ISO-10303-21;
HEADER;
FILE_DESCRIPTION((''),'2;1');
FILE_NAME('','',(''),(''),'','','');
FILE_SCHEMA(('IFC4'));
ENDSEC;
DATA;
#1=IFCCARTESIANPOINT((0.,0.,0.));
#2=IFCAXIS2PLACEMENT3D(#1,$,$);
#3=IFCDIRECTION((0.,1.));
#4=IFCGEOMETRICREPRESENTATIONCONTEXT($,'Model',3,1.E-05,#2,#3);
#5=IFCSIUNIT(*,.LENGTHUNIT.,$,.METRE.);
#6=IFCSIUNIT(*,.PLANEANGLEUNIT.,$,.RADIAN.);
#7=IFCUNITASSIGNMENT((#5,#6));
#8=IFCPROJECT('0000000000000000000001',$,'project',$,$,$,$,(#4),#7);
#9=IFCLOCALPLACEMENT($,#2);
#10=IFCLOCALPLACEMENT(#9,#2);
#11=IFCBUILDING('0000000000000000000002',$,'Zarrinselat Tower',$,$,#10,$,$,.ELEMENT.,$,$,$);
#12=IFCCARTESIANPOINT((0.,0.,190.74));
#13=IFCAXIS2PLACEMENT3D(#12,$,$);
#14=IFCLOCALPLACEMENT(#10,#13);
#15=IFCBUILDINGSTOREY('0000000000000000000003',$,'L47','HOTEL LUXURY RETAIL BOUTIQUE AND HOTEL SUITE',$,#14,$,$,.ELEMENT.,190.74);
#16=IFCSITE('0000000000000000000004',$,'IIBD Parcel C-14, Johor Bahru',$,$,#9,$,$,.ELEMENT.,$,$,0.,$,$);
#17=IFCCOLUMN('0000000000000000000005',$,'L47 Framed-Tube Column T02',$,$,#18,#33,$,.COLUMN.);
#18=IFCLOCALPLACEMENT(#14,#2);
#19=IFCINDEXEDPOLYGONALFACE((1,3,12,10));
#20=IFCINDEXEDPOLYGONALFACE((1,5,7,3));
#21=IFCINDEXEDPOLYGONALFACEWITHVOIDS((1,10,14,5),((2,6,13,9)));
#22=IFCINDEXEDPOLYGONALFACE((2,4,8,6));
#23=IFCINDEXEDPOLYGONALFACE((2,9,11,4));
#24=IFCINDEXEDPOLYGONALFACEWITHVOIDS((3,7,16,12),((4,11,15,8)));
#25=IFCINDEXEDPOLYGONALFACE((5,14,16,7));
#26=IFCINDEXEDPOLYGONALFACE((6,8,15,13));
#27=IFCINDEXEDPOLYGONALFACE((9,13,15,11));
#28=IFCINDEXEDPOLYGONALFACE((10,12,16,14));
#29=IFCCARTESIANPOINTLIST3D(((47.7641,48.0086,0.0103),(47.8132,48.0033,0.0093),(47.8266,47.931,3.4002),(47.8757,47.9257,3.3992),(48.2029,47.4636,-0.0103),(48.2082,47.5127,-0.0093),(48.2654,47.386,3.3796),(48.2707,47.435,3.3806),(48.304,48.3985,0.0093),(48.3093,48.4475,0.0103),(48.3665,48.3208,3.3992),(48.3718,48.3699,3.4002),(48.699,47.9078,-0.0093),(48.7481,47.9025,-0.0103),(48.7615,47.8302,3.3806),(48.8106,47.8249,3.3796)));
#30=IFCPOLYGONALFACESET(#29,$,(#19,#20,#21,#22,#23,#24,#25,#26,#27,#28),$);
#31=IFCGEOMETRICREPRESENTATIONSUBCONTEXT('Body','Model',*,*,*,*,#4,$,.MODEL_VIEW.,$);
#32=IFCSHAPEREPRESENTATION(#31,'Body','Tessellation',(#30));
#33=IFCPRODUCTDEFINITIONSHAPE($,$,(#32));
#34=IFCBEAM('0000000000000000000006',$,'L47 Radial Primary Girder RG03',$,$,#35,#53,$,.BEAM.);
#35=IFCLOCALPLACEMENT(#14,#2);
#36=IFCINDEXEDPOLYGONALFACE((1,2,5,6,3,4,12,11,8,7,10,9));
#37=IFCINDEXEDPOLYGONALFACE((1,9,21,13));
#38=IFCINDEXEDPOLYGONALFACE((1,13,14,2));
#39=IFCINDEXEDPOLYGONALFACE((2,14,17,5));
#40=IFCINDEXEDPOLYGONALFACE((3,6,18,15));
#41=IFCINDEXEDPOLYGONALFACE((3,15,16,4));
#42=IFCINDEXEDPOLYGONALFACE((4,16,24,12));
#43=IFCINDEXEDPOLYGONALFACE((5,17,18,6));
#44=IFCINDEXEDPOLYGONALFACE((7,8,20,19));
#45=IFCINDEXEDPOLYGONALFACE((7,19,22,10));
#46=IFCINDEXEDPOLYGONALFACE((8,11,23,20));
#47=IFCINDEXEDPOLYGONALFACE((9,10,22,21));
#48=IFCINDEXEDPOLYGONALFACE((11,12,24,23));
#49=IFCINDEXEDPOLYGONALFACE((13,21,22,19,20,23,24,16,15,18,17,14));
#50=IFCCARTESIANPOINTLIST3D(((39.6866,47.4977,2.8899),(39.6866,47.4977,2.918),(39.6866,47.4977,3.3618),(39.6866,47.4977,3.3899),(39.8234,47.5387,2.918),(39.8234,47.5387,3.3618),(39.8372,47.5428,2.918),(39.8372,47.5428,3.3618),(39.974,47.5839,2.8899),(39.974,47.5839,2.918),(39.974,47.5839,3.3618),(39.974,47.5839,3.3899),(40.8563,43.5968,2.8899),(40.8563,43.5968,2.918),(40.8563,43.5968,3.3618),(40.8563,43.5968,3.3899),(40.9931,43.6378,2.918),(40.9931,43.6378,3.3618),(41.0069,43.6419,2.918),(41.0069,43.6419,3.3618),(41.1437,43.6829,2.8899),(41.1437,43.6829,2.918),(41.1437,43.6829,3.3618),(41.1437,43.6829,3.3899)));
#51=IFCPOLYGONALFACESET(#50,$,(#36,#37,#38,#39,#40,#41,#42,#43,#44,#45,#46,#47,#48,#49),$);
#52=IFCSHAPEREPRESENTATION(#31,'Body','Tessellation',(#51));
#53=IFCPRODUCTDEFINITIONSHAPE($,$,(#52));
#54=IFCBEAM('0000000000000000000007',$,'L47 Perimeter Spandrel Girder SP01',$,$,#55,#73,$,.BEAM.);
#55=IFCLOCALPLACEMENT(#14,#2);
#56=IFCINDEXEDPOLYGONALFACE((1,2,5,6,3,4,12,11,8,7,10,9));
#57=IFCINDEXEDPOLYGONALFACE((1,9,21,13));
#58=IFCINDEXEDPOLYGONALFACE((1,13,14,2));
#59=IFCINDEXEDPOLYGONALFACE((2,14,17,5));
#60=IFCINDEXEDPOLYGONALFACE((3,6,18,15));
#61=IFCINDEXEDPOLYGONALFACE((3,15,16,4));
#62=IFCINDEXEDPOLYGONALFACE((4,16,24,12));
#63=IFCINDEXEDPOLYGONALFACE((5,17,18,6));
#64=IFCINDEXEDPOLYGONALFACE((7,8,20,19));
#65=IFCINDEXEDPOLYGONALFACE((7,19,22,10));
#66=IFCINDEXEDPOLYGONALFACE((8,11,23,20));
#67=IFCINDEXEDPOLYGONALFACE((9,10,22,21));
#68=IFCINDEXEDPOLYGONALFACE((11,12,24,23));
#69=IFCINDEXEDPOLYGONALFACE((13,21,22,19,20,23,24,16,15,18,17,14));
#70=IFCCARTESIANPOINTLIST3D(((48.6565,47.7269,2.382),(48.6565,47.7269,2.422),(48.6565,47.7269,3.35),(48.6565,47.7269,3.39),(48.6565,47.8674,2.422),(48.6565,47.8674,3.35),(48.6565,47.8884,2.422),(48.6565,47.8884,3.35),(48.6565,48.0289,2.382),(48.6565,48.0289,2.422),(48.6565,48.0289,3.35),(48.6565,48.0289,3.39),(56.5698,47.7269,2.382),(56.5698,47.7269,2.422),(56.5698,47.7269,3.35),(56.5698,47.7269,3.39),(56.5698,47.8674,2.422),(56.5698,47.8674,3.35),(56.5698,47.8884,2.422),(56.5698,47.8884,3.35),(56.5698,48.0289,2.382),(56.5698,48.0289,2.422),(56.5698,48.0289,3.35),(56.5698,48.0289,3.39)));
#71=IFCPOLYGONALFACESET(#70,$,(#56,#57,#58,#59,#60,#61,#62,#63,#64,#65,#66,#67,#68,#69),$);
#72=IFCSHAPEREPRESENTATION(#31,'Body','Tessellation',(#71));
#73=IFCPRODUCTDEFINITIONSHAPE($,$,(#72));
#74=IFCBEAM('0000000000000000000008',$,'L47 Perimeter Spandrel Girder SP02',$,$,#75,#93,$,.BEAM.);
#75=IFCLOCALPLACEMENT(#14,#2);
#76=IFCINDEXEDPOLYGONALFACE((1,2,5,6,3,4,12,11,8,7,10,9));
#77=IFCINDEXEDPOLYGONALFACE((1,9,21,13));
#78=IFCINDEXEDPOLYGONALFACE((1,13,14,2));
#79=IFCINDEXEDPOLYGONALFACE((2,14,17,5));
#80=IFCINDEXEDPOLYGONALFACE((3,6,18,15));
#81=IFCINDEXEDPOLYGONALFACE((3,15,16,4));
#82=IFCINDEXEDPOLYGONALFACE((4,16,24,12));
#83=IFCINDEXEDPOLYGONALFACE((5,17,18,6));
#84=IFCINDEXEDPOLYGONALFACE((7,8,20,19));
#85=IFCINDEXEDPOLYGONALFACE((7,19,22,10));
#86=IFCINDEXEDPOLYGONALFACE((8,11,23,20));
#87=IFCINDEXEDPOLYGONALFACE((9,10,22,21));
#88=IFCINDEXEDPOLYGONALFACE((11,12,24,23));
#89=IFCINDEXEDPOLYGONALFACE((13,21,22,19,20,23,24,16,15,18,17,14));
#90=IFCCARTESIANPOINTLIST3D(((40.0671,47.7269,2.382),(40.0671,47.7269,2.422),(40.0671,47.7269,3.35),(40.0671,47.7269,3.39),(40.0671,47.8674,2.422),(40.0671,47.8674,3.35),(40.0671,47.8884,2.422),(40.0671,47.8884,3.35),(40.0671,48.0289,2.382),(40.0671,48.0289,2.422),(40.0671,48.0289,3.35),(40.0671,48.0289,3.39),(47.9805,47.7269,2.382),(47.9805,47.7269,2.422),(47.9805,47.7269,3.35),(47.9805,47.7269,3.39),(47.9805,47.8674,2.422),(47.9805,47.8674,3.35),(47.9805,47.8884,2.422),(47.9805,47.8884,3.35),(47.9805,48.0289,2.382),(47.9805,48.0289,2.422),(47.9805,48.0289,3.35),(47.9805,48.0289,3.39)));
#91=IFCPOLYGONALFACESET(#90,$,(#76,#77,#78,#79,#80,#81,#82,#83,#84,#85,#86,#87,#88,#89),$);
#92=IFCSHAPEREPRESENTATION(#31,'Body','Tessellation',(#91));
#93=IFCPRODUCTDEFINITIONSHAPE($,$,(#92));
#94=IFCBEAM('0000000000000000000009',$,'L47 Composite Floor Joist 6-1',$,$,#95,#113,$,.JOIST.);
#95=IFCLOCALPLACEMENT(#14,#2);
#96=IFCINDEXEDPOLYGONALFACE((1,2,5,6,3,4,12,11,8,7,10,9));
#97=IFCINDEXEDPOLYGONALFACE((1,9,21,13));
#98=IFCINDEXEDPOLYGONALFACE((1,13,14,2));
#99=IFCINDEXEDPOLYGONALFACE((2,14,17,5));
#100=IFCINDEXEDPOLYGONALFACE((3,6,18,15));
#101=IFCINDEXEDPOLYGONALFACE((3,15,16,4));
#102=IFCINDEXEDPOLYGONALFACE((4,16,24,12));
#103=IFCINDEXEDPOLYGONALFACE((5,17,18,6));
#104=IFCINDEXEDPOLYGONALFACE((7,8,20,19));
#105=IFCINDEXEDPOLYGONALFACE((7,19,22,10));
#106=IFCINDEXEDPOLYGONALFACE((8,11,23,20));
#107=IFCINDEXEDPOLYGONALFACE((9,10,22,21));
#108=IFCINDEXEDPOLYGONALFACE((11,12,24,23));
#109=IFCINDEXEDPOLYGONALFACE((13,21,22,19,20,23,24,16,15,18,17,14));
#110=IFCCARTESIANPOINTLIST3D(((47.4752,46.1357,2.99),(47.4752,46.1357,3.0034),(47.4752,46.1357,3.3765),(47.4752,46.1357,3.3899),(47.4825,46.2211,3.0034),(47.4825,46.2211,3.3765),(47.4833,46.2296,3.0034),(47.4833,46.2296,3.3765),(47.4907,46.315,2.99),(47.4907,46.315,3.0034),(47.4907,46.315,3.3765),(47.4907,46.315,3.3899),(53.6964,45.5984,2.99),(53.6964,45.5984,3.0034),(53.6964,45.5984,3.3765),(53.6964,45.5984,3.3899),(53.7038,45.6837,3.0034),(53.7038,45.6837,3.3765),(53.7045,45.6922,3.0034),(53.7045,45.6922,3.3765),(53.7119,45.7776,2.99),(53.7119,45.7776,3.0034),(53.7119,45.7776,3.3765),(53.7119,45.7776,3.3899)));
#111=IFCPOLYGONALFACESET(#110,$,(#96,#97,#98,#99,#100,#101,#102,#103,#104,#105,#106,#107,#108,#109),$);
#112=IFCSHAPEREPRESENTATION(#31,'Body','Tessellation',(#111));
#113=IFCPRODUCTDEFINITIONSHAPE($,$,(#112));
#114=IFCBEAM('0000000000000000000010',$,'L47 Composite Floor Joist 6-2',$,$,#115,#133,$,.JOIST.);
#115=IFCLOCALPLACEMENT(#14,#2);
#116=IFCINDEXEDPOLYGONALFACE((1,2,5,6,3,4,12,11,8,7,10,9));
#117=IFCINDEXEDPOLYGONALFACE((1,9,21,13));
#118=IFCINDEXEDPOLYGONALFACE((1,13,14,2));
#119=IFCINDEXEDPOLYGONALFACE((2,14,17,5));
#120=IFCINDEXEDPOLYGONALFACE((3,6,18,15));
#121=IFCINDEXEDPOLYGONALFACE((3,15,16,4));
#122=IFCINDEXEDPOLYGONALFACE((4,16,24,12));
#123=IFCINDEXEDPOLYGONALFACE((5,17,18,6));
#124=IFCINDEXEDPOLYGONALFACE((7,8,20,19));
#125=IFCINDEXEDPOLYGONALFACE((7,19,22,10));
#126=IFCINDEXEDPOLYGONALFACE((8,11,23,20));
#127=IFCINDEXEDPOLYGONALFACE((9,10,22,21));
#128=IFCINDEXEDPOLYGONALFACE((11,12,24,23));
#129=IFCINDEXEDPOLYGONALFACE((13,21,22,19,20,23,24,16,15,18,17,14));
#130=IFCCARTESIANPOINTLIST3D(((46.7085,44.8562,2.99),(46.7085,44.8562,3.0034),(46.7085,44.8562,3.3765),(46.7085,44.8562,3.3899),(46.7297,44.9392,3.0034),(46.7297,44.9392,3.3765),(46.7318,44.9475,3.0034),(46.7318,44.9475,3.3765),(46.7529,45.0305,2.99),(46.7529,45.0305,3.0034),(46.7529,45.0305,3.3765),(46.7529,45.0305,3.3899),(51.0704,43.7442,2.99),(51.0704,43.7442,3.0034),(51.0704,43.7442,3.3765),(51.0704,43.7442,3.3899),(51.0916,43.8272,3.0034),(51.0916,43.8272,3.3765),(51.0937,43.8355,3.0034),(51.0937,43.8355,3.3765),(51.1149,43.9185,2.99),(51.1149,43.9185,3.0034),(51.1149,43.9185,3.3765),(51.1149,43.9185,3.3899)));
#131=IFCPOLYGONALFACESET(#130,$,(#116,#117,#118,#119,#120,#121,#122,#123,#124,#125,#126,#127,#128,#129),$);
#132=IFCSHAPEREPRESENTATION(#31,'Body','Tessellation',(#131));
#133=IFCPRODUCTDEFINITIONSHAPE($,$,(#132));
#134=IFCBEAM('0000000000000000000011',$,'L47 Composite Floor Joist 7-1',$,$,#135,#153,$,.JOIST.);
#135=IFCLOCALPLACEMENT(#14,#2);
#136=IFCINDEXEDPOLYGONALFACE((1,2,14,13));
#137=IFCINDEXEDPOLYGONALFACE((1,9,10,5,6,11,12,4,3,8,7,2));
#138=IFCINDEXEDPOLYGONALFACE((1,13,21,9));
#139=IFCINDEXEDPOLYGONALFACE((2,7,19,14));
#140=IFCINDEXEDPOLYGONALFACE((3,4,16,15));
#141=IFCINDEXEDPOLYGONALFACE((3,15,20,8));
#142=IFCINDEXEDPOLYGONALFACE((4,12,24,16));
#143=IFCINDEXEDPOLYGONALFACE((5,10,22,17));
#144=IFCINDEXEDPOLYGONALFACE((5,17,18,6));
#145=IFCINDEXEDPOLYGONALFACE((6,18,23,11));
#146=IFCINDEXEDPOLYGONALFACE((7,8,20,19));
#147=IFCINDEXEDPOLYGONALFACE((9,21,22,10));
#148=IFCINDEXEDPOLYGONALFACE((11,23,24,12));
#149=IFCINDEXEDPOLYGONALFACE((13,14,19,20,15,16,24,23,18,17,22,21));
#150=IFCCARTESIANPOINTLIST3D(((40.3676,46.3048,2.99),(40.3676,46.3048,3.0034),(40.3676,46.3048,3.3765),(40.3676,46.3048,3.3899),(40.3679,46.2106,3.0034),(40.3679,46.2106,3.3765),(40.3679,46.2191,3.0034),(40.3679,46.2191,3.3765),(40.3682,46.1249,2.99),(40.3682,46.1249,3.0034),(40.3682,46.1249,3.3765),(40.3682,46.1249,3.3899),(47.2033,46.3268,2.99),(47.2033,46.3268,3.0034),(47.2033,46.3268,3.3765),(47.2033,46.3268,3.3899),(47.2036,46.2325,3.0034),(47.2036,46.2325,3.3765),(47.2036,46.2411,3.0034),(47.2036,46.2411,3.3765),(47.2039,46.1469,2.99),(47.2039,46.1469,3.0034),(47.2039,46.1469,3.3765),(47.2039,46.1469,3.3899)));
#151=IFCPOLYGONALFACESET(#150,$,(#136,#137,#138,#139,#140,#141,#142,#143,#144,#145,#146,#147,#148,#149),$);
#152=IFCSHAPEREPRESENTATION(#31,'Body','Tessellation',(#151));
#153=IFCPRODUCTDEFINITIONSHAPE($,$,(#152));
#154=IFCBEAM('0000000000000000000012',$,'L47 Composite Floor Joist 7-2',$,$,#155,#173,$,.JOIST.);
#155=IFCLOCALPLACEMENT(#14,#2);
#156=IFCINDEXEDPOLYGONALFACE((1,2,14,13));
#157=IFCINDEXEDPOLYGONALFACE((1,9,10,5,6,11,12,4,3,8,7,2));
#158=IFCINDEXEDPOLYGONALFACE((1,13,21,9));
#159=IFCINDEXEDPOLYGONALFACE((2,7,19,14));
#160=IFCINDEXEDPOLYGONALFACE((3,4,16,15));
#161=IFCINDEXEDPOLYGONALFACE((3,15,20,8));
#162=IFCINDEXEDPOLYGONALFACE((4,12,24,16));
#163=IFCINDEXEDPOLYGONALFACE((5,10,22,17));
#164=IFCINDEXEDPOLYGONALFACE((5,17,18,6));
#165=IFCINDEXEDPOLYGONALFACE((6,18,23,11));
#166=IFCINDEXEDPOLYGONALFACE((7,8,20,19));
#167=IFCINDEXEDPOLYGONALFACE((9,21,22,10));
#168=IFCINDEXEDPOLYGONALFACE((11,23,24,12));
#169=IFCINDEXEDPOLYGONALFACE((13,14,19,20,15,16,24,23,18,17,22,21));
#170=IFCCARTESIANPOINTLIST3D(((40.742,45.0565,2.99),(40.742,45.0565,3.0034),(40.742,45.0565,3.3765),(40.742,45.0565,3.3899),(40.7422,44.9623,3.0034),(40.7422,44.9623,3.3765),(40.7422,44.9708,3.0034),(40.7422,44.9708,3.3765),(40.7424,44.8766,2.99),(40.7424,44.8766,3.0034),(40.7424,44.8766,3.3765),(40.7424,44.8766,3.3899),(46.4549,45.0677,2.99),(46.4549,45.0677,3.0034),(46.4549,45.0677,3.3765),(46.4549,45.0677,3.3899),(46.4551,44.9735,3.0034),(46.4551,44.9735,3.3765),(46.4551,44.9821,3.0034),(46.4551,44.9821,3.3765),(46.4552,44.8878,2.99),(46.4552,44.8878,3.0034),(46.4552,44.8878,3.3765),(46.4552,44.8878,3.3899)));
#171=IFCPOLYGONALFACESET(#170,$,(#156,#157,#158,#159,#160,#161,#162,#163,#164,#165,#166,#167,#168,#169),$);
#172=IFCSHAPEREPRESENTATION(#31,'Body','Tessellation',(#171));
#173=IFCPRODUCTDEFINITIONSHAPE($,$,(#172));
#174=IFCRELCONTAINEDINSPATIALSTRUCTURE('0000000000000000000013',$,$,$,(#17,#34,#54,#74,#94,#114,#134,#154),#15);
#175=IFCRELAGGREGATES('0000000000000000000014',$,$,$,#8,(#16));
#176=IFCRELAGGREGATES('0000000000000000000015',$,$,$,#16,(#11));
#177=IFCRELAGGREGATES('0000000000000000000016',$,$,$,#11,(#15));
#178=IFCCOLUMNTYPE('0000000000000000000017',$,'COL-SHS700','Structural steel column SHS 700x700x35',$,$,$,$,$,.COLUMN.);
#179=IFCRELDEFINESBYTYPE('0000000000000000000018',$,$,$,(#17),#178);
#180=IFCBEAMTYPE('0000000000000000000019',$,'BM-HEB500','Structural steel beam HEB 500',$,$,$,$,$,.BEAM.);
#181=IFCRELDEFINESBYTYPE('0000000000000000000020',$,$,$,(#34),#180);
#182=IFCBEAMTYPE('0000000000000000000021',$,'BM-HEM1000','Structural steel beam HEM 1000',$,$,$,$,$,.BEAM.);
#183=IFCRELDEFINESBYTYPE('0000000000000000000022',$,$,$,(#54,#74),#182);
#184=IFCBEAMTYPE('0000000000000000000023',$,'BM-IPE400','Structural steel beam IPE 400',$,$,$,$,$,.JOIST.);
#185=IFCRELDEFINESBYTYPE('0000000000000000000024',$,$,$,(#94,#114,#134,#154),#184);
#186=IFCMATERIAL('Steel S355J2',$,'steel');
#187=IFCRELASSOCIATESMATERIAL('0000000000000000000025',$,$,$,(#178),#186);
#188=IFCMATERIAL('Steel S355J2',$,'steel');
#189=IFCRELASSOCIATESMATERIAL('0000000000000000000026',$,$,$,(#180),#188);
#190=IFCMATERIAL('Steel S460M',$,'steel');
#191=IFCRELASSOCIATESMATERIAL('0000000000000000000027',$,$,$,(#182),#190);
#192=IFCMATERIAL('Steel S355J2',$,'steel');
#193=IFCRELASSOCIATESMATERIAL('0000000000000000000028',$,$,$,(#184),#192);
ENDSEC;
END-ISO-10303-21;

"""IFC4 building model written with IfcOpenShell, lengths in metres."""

from ifc_helpers import new_model, si_unit, direction, frame, origin, origin_2d, place, context, subcontext, project, spatial, hollow_rectangle, i_section, extrude, material, material_profile, profile_set, type_object, element, save


model = new_model("IFC4")

# Units and contexts
model_context = context("Model", 3, precision=1e-05, world=origin(), true_north=direction((0.0, 1.0)))
body_context = subcontext(model_context, "Body", "Model", "MODEL_VIEW")
ifc_project = project(units=[si_unit("LENGTHUNIT", "METRE"), si_unit("PLANEANGLEUNIT", "RADIAN")], contexts=[model_context])

# Site, building, storey
site_placement = place(None, origin())
site = spatial("IfcSite", under=ifc_project, at=site_placement, Name="IIBD Parcel C-14, Johor Bahru", CompositionType="ELEMENT", RefElevation=0.0)
building_placement = place(site_placement, origin())
building = spatial("IfcBuilding", under=site, at=building_placement, Name="Zarrinselat Tower", CompositionType="ELEMENT")
storey_placement = place(building_placement, frame((0.0, 0.0, 190.74)))
storey = spatial("IfcBuildingStorey", under=building, at=storey_placement, Name="L47", Description="HOTEL LUXURY RETAIL BOUTIQUE AND HOTEL SUITE", CompositionType="ELEMENT", Elevation=190.74)

# Column
ifc_material_1 = material(Name="Steel S355J2", Category="steel")
ifc_material_profile_1 = material_profile(ifc_material_1, hollow_rectangle(XDim=0.7, YDim=0.7, WallThickness=0.0349, at=origin_2d()), Name="SHS 700x700x35")
ifc_profile_set_1 = profile_set([ifc_material_profile_1], Name="Steel S355J2")
column_type = type_object("IfcColumnType", Name="COL-SHS700", Description="Structural steel column SHS 700x700x35", PredefinedType="COLUMN", material=ifc_profile_set_1)
column_placement = place(storey_placement, frame((48.2561, 47.9556, 0.0), z_axis=(0.018429, -0.022893, 0.999568), x_axis=(0.778953, 0.627082, 0.0)))
element("IfcColumn", 1, at=column_placement, inside=storey, type_object=column_type, Name="L47 Framed-Tube Column T02", PredefinedType="COLUMN", context=body_context, shape_type="SweptSolid", body=[
    extrude(hollow_rectangle(XDim=0.7, YDim=0.7, WallThickness=0.0349, at=origin_2d()), origin(), (0.0, 0.0, 1.0), 3.3914),
])

# Beams
ifc_material_2 = material(Name="Steel S355J2", Category="steel")
ifc_material_profile_2 = material_profile(ifc_material_2, i_section(OverallWidth=0.3, OverallDepth=0.5, WebThickness=0.0144, FlangeThickness=0.0281, at=origin_2d()), Name="HEB 500")
ifc_profile_set_2 = profile_set([ifc_material_profile_2], Name="Steel S355J2")
beam_type_1 = type_object("IfcBeamType", Name="BM-HEB500", Description="Structural steel beam HEB 500", PredefinedType="BEAM", material=ifc_profile_set_2)
beam_1_placement = place(storey_placement, frame((39.8303, 47.5408, 3.1399), z_axis=(0.287216, -0.957866, 0.0), x_axis=(0.957866, 0.287216, 0.0)))
element("IfcBeam", 2, at=beam_1_placement, inside=storey, type_object=beam_type_1, Name="L47 Radial Primary Girder RG03", PredefinedType="BEAM", context=body_context, shape_type="SweptSolid", body=[
    extrude(i_section(OverallWidth=0.3, OverallDepth=0.5, WebThickness=0.0144, FlangeThickness=0.0281, at=origin_2d()), origin(), (0.0, 0.0, 1.0), 4.0725),
])
ifc_material_3 = material(Name="Steel S460M", Category="steel")
ifc_material_profile_3 = material_profile(ifc_material_3, i_section(OverallWidth=0.302, OverallDepth=1.0081, WebThickness=0.021, FlangeThickness=0.04, at=origin_2d()), Name="HEM 1000")
ifc_profile_set_3 = profile_set([ifc_material_profile_3], Name="Steel S460M")
beam_type_2 = type_object("IfcBeamType", Name="BM-HEM1000", Description="Structural steel beam HEM 1000", PredefinedType="BEAM", material=ifc_profile_set_3)
for number, where, z_axis, x_axis, name in (
    (3, (48.6565, 47.8779, 2.886), (1.0, 0.0, 0.0), (0.0, 1.0, 0.0), "L47 Perimeter Spandrel Girder SP01"),
    (4, (40.0671, 47.8779, 2.886), (1.0, 0.0, 0.0), (0.0, 1.0, 0.0), "L47 Perimeter Spandrel Girder SP02"),
):
    element("IfcBeam", number, at=place(storey_placement, frame(where, z_axis=z_axis, x_axis=x_axis)), inside=storey, type_object=beam_type_2, Name=name, PredefinedType="BEAM", context=body_context, shape_type="SweptSolid", body=[
        extrude(i_section(OverallWidth=0.302, OverallDepth=1.0081, WebThickness=0.021, FlangeThickness=0.04, at=origin_2d()), origin(), (0.0, 0.0, 1.0), 7.9133),
    ])
ifc_material_4 = material(Name="Steel S355J2", Category="steel")
ifc_material_profile_4 = material_profile(ifc_material_4, i_section(OverallWidth=0.1799, OverallDepth=0.3999, WebThickness=0.0085, FlangeThickness=0.0134, at=origin_2d()), Name="IPE 400")
ifc_profile_set_4 = profile_set([ifc_material_profile_4], Name="Steel S355J2")
beam_type_3 = type_object("IfcBeamType", Name="BM-IPE400", Description="Structural steel beam IPE 400", PredefinedType="JOIST", material=ifc_profile_set_4)
beam_2_placement = place(storey_placement, frame((47.4829, 46.2253, 3.1899), z_axis=(0.99629, -0.086054, 0.0), x_axis=(0.086054, 0.99629, 0.0)))
element("IfcBeam", 5, at=beam_2_placement, inside=storey, type_object=beam_type_3, Name="L47 Composite Floor Joist 6-1", PredefinedType="JOIST", context=body_context, shape_type="SweptSolid", body=[
    extrude(i_section(OverallWidth=0.1799, OverallDepth=0.3999, WebThickness=0.0085, FlangeThickness=0.0134, at=origin_2d()), origin(), (0.0, 0.0, 1.0), 6.2444),
])
beam_3_placement = place(storey_placement, frame((46.7307, 44.9434, 3.1899), z_axis=(0.969006, -0.247038, 0.0), x_axis=(0.247038, 0.969006, 0.0)))
element("IfcBeam", 6, at=beam_3_placement, inside=storey, type_object=beam_type_3, Name="L47 Composite Floor Joist 6-2", PredefinedType="JOIST", context=body_context, shape_type="SweptSolid", body=[
    extrude(i_section(OverallWidth=0.1799, OverallDepth=0.3999, WebThickness=0.0085, FlangeThickness=0.0134, at=origin_2d()), origin(), (0.0, 0.0, 1.0), 4.5015),
])
beam_4_placement = place(storey_placement, frame((40.3679, 46.2148, 3.1899), z_axis=(0.999995, 0.003214, 0.0), x_axis=(-0.003214, 0.999995, 0.0)))
element("IfcBeam", 7, at=beam_4_placement, inside=storey, type_object=beam_type_3, Name="L47 Composite Floor Joist 7-1", PredefinedType="JOIST", context=body_context, shape_type="SweptSolid", body=[
    extrude(i_section(OverallWidth=0.1799, OverallDepth=0.3999, WebThickness=0.0085, FlangeThickness=0.0134, at=origin_2d()), origin(), (0.0, 0.0, 1.0), 6.8357),
])
beam_5_placement = place(storey_placement, frame((40.7422, 44.9666, 3.1899), z_axis=(0.999998, 0.001966, 0.0), x_axis=(-0.001966, 0.999998, 0.0)))
element("IfcBeam", 8, at=beam_5_placement, inside=storey, type_object=beam_type_3, Name="L47 Composite Floor Joist 7-2", PredefinedType="JOIST", context=body_context, shape_type="SweptSolid", body=[
    extrude(i_section(OverallWidth=0.1799, OverallDepth=0.3999, WebThickness=0.0085, FlangeThickness=0.0134, at=origin_2d()), origin(), (0.0, 0.0, 1.0), 5.7129),
])

save(model, "model.ifc")
